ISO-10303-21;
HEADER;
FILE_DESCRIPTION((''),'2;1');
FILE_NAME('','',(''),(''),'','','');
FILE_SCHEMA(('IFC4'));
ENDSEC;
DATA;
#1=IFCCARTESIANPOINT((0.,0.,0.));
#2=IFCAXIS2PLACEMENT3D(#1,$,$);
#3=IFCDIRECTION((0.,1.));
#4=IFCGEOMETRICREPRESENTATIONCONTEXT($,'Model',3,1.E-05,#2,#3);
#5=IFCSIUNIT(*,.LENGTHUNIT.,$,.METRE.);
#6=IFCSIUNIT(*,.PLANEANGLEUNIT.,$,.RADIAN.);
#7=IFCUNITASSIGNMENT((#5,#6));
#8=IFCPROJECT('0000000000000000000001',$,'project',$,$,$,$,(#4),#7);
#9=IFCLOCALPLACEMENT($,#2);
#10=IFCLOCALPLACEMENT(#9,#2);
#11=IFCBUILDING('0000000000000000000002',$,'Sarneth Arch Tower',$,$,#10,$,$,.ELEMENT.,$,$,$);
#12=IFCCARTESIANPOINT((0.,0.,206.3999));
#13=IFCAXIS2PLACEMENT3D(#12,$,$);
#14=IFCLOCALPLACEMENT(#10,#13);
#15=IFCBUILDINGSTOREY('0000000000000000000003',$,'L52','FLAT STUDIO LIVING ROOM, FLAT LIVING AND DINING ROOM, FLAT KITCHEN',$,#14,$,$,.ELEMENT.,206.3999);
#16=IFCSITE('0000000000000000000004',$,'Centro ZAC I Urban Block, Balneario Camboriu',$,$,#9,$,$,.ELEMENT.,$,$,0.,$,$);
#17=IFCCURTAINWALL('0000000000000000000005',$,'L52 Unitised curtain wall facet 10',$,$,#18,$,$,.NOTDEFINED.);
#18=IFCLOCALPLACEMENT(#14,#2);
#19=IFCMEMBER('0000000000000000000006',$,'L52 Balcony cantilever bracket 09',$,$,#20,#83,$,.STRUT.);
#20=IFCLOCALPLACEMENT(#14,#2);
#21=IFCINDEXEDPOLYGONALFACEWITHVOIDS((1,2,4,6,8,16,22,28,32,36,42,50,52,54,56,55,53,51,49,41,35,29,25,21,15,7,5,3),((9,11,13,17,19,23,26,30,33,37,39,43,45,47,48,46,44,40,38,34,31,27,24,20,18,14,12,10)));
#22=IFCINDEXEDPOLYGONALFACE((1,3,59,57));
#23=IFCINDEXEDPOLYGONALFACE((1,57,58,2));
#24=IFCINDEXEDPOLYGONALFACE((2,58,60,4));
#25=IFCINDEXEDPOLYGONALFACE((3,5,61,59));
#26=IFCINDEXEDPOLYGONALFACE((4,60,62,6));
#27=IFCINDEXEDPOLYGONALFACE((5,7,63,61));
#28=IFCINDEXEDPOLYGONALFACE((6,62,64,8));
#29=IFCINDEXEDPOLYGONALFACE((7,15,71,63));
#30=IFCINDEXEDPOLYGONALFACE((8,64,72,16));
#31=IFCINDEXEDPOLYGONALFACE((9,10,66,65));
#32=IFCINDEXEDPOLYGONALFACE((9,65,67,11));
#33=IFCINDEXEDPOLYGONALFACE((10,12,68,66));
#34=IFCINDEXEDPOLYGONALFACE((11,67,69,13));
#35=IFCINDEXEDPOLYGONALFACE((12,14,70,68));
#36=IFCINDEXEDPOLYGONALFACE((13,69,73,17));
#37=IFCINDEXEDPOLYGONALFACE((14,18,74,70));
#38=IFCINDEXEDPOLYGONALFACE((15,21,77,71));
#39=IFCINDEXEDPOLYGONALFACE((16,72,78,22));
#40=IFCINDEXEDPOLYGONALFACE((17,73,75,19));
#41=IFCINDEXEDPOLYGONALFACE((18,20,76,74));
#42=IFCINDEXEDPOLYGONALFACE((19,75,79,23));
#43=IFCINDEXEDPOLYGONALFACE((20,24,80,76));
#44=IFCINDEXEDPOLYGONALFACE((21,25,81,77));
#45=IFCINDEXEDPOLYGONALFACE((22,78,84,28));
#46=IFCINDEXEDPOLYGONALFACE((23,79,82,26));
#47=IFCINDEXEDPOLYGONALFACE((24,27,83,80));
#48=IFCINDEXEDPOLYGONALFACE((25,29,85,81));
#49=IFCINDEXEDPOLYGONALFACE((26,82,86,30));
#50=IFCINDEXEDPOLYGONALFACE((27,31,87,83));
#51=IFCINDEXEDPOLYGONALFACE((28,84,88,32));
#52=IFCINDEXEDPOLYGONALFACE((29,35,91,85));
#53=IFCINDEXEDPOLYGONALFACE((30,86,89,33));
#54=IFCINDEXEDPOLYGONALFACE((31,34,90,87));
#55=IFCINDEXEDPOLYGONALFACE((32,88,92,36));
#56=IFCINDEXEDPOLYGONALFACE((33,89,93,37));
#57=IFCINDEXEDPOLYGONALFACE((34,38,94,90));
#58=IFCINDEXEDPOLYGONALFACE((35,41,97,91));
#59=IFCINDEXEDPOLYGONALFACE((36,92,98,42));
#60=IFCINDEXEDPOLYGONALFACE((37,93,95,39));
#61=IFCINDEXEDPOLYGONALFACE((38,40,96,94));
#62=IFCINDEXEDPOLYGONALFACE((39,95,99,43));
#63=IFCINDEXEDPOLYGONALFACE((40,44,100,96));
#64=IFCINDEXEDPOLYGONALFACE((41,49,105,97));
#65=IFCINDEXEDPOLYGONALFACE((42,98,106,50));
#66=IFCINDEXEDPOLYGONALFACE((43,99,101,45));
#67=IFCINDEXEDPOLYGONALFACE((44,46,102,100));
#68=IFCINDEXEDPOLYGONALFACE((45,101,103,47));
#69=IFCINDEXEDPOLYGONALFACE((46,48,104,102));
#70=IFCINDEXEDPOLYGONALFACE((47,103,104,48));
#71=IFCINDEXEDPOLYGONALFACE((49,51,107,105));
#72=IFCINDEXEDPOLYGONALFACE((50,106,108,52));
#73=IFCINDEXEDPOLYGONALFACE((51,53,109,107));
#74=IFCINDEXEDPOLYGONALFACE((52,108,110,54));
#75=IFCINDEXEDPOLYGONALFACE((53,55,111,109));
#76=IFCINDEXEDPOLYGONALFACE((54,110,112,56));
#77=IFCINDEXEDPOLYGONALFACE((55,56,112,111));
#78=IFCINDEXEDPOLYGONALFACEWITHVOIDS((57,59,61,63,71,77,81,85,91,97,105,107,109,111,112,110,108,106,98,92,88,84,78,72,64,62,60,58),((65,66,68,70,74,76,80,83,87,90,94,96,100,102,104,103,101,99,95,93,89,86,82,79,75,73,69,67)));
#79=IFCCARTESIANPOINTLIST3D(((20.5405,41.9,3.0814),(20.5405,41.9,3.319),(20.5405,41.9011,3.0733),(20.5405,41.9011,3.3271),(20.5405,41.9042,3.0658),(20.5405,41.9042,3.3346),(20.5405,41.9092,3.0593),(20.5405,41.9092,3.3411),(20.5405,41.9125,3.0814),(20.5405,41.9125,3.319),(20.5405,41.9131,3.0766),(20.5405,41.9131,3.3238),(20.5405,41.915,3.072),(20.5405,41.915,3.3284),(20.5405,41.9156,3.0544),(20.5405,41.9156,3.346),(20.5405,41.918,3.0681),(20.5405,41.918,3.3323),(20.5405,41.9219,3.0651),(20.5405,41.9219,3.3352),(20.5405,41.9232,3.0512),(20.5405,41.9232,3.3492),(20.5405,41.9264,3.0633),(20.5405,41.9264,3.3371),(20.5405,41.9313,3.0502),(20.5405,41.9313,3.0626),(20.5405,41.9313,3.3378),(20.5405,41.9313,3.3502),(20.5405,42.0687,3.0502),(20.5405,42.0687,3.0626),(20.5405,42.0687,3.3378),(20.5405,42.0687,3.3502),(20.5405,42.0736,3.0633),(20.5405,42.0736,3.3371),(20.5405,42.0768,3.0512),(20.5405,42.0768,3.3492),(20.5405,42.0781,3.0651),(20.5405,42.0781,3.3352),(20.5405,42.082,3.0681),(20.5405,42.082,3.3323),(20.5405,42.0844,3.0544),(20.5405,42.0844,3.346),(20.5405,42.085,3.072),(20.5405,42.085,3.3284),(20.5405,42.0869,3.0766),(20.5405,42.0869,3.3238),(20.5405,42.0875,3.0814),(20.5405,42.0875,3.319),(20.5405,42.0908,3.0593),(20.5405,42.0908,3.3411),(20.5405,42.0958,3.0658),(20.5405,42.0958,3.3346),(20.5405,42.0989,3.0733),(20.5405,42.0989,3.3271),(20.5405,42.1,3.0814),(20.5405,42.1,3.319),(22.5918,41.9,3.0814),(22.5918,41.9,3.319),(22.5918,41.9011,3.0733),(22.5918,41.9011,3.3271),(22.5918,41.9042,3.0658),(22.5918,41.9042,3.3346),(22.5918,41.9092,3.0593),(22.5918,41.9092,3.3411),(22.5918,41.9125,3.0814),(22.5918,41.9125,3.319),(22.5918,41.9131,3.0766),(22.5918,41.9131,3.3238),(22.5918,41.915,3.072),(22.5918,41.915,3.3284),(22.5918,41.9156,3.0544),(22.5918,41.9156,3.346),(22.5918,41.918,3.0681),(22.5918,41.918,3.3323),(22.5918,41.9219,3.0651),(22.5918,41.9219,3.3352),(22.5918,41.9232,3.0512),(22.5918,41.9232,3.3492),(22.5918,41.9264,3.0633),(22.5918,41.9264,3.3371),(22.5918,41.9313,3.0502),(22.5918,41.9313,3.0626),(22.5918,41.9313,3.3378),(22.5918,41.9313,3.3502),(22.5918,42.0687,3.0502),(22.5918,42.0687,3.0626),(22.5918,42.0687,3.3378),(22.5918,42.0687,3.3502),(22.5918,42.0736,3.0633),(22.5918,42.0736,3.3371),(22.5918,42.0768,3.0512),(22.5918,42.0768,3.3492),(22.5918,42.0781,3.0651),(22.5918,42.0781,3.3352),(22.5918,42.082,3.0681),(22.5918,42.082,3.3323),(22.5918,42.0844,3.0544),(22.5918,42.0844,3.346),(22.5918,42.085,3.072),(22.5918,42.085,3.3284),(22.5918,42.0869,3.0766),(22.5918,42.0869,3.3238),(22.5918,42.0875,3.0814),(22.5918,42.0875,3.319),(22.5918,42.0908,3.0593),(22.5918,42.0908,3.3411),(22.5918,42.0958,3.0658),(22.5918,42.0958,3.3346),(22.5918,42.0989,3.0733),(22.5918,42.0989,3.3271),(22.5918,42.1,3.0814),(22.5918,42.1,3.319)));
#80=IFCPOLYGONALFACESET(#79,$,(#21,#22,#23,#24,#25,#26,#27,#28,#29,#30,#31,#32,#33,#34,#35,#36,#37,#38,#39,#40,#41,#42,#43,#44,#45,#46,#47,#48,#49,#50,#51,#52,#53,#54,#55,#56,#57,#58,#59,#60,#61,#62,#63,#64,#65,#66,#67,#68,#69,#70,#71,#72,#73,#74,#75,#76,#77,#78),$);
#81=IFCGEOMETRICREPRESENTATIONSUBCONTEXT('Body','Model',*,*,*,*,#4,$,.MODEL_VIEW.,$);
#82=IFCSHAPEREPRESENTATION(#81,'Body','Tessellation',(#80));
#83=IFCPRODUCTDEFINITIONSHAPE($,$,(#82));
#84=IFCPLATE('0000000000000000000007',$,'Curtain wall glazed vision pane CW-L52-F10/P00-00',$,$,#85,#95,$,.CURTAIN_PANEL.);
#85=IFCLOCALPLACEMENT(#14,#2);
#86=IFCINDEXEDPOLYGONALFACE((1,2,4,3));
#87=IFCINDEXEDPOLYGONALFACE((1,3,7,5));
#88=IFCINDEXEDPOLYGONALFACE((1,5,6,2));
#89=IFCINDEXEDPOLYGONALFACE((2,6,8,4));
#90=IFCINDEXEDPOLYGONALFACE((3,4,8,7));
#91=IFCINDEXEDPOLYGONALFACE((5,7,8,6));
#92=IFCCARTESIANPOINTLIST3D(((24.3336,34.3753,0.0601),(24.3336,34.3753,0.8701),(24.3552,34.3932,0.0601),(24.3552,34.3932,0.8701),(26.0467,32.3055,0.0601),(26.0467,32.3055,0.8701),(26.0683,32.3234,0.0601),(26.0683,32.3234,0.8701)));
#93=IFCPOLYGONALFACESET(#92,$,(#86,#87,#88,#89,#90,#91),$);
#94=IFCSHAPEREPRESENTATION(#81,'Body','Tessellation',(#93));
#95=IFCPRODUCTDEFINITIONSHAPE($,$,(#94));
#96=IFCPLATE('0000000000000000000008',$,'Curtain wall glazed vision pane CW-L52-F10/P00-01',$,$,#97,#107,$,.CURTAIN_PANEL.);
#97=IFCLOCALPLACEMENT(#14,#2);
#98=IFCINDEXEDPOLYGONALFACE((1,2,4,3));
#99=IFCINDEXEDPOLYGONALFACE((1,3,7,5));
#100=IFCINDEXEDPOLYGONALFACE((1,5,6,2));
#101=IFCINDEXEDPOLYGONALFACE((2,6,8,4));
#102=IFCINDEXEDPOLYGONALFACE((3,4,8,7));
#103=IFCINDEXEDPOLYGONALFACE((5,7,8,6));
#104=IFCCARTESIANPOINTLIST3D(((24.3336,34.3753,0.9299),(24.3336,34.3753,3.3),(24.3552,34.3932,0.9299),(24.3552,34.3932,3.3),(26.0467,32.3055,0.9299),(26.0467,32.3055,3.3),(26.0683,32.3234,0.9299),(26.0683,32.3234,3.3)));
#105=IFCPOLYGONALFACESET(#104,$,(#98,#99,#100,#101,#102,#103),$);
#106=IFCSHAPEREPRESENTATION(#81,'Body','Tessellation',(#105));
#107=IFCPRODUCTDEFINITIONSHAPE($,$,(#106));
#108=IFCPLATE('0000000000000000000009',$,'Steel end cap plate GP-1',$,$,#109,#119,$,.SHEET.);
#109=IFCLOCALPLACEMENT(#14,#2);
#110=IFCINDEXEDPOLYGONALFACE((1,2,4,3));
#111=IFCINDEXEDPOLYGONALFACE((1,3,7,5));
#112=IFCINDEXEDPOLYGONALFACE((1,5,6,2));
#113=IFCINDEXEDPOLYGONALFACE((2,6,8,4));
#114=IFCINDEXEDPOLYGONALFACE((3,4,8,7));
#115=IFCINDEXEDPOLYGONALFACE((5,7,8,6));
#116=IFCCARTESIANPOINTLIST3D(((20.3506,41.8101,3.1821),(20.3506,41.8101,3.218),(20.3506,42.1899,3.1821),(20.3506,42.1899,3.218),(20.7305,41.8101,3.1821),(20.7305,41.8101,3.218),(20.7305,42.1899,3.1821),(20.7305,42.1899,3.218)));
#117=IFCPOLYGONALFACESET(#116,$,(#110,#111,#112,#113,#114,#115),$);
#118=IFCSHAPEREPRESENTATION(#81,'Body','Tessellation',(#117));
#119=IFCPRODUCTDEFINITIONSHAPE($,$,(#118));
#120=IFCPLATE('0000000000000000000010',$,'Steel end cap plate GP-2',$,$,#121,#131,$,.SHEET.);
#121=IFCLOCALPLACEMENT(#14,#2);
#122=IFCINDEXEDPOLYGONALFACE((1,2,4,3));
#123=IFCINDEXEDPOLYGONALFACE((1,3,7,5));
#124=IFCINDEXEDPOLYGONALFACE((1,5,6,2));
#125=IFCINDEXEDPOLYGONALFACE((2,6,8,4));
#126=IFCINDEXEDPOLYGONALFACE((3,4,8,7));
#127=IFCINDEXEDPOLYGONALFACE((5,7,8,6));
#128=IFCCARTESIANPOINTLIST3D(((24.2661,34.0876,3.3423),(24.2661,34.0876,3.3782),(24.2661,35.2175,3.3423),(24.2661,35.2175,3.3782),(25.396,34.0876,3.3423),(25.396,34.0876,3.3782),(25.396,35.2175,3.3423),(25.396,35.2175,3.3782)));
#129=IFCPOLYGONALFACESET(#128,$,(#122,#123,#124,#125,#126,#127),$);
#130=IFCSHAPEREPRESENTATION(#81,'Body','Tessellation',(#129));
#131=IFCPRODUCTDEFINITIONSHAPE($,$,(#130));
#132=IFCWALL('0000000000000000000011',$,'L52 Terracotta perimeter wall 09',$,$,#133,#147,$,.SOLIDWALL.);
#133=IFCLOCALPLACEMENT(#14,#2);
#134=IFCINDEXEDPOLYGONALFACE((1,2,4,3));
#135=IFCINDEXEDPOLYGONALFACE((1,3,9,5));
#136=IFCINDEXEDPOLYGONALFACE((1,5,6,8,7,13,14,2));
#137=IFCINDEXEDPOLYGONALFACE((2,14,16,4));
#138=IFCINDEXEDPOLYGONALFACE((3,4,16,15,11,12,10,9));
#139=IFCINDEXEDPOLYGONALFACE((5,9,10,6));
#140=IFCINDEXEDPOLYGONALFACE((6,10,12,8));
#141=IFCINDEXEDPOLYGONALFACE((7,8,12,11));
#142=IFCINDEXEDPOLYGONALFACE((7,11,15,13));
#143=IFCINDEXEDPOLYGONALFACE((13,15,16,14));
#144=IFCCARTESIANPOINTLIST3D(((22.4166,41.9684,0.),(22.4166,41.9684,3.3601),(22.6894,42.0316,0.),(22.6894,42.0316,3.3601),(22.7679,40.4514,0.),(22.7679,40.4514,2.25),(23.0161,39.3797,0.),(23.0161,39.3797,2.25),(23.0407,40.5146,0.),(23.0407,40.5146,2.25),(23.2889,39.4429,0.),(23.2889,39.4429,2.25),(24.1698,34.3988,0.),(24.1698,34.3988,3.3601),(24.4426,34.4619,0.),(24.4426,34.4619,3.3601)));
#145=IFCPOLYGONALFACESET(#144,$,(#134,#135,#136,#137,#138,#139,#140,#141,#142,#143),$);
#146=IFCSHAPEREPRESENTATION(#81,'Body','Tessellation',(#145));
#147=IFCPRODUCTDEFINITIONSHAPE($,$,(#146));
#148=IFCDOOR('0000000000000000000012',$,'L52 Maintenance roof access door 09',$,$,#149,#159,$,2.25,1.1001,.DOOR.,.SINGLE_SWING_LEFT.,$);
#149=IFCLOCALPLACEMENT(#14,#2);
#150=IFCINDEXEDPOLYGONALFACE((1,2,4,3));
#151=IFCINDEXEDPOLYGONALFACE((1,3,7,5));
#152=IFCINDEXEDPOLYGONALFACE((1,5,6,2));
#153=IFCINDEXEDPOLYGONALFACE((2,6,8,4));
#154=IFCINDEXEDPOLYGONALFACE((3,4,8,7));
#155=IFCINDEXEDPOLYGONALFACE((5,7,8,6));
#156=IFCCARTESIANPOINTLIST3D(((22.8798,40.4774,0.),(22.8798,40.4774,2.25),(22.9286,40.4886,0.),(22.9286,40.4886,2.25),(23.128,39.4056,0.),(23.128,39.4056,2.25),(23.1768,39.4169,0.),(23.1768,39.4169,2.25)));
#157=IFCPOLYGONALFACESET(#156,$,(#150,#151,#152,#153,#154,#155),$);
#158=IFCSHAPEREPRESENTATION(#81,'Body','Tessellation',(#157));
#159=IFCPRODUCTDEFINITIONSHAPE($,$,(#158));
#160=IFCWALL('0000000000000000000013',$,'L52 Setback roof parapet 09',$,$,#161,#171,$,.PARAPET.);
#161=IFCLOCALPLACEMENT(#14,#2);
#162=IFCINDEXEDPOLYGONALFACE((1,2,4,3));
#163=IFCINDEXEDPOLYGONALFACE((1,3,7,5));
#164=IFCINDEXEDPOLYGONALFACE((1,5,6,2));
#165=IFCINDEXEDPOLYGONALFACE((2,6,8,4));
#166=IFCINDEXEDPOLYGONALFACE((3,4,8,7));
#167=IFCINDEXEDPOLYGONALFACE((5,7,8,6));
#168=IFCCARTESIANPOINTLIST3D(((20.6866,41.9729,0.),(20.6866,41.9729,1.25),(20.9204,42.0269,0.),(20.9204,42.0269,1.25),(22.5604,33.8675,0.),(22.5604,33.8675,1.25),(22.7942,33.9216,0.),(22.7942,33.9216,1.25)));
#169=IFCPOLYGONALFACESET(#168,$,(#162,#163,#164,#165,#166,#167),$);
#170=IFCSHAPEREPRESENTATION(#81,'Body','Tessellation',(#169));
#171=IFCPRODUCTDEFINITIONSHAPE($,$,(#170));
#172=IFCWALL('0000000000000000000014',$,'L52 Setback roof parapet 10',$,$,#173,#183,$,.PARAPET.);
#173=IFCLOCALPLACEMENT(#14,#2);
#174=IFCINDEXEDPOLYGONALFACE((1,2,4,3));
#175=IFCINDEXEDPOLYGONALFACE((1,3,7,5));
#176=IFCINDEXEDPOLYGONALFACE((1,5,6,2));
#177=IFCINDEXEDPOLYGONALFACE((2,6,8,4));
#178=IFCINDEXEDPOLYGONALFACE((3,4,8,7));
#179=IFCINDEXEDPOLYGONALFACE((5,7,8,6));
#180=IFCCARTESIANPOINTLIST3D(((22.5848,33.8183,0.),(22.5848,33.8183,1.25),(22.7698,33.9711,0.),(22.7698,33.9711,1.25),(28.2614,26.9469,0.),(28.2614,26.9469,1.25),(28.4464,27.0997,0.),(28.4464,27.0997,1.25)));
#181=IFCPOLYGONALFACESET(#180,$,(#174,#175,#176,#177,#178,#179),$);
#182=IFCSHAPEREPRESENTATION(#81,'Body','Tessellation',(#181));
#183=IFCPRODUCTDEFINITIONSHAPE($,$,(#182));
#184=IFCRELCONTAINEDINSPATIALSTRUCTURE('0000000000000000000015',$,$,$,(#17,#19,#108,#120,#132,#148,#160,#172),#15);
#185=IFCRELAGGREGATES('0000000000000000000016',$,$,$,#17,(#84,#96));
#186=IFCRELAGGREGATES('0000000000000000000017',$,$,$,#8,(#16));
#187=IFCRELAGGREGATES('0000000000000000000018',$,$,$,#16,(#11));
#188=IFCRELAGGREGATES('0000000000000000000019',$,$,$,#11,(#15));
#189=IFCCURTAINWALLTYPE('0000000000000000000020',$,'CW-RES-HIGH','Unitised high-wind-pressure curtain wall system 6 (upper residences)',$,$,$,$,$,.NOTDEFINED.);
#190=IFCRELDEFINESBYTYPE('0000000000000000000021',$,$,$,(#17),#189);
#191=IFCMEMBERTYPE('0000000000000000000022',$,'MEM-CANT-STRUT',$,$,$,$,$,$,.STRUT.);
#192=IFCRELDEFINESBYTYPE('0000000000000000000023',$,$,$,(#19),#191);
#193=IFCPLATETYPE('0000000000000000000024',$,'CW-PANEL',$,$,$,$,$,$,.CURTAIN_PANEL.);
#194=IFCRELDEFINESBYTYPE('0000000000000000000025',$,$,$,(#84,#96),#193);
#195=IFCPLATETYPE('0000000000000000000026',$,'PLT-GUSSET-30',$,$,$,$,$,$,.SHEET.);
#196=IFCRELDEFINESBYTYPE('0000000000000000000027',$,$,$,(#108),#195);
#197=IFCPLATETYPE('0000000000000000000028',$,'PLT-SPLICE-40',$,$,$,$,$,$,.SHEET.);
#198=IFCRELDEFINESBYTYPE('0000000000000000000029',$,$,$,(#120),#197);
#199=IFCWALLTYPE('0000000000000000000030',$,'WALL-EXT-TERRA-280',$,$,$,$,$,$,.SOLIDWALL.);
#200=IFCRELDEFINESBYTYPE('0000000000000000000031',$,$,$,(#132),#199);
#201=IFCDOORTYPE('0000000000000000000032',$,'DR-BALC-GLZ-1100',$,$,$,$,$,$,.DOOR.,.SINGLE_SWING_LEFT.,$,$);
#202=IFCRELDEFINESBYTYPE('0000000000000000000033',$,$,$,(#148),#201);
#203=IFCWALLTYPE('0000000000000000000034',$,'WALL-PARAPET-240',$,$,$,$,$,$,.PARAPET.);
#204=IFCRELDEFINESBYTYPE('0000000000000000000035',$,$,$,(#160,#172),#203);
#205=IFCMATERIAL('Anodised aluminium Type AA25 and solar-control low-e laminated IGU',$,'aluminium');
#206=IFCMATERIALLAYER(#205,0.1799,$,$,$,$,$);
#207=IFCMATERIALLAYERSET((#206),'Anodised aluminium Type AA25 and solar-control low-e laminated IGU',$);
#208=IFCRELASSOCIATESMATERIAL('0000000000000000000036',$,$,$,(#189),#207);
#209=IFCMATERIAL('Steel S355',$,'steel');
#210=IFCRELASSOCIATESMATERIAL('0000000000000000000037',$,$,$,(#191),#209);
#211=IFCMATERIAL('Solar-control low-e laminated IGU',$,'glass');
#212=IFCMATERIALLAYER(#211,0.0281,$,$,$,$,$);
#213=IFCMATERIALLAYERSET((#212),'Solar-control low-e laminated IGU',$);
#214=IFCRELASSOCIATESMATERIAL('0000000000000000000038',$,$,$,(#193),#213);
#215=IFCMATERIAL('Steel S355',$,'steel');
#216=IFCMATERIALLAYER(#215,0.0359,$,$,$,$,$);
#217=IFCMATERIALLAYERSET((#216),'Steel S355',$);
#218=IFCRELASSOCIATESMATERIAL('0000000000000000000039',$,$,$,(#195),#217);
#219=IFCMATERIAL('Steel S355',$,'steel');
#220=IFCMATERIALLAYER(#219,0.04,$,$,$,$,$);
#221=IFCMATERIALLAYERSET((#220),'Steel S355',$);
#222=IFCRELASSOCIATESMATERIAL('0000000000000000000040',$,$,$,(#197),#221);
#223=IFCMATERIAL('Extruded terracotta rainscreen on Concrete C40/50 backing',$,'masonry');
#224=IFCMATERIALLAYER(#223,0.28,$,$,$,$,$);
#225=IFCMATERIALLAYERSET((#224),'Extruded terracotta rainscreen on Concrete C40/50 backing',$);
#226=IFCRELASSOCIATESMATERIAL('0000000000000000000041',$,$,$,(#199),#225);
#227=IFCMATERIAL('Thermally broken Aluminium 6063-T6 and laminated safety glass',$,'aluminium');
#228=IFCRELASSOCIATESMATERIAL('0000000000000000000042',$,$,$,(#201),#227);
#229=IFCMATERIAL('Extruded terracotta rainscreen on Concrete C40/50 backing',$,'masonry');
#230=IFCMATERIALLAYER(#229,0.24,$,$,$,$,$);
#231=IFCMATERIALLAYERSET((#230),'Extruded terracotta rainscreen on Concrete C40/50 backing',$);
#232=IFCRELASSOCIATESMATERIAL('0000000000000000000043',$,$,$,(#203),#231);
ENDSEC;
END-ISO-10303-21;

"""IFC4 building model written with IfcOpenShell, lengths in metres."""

from ifc_helpers import new_model, si_unit, direction, frame, frame_2d, origin, origin_2d, place, context, subcontext, project, spatial, rectangle, hollow_rectangle, extrude, material, layer, layer_set, material_profile, profile_set, type_object, element, fill, aggregate, save


model = new_model("IFC4")

# Units and contexts
model_context = context("Model", 3, precision=1e-05, world=origin(), true_north=direction((0.0, 1.0)))
body_context = subcontext(model_context, "Body", "Model", "MODEL_VIEW")
ifc_project = project(units=[si_unit("LENGTHUNIT", "METRE"), si_unit("PLANEANGLEUNIT", "RADIAN")], contexts=[model_context])

# Site, building, storey
site_placement = place(None, origin())
site = spatial("IfcSite", under=ifc_project, at=site_placement, Name="Centro ZAC I Urban Block, Balneario Camboriu", CompositionType="ELEMENT", RefElevation=0.0)
building_placement = place(site_placement, origin())
building = spatial("IfcBuilding", under=site, at=building_placement, Name="Sarneth Arch Tower", CompositionType="ELEMENT")
storey_placement = place(building_placement, frame((0.0, 0.0, 206.3999)))
storey = spatial("IfcBuildingStorey", under=building, at=storey_placement, Name="L52", Description="FLAT STUDIO LIVING ROOM, FLAT LIVING AND DINING ROOM, FLAT KITCHEN", CompositionType="ELEMENT", Elevation=206.3999)

# Curtain wall
ifc_material_1 = material(Name="Anodised aluminium Type AA25 and solar-control low-e laminated IGU", Category="aluminium")
ifc_layer_1 = layer(ifc_material_1, 0.1799)
ifc_layer_set_1 = layer_set([ifc_layer_1], Name="Anodised aluminium Type AA25 and solar-control low-e laminated IGU")
curtain_wall_type = type_object("IfcCurtainWallType", Name="CW-RES-HIGH", Description="Unitised high-wind-pressure curtain wall system 6 (upper residences)", PredefinedType="NOTDEFINED", material=ifc_layer_set_1)
curtain_wall_placement = place(storey_placement, origin())
curtain_wall = element("IfcCurtainWall", 1, at=curtain_wall_placement, inside=storey, type_object=curtain_wall_type, Name="L52 Unitised curtain wall facet 10", PredefinedType="NOTDEFINED")

# Member
ifc_material_2 = material(Name="Steel S355", Category="steel")
ifc_material_profile_1 = material_profile(ifc_material_2, hollow_rectangle(XDim=0.2, YDim=0.3, WallThickness=0.0125, InnerFilletRadius=0.0188, OuterFilletRadius=0.0312, at=origin_2d()), Name="RHS300x200x12.5")
ifc_profile_set_1 = profile_set([ifc_material_profile_1], Name="Steel S355")
member_type_1 = type_object("IfcMemberType", Name="MEM-CANT-STRUT", PredefinedType="STRUT", material=ifc_profile_set_1)
member_1_placement = place(storey_placement, frame((22.5918, 42.0, 3.2002), z_axis=(-1.0, 0.0, 0.0), x_axis=(0.0, -1.0, 0.0)))
element("IfcMember", 2, at=member_1_placement, inside=storey, type_object=member_type_1, Name="L52 Balcony cantilever bracket 09", PredefinedType="STRUT", context=body_context, shape_type="SweptSolid", body=[
    extrude(hollow_rectangle(XDim=0.2, YDim=0.3, WallThickness=0.0125, InnerFilletRadius=0.0188, OuterFilletRadius=0.0312, at=origin_2d()), origin(), (0.0, 0.0, 1.0), 2.0513),
])

# Plates
ifc_material_3 = material(Name="Solar-control low-e laminated IGU", Category="glass")
ifc_layer_2 = layer(ifc_material_3, 0.0281)
ifc_layer_set_2 = layer_set([ifc_layer_2], Name="Solar-control low-e laminated IGU")
plate_type_1 = type_object("IfcPlateType", Name="CW-PANEL", PredefinedType="CURTAIN_PANEL", material=ifc_layer_set_2)
plate_1_placement = place(storey_placement, frame((25.2009, 33.3494, 0.0601), z_axis=(0.0, 0.0, 1.0), x_axis=(0.63761, -0.770359, 0.0)))
plate_1 = element("IfcPlate", 3, at=plate_1_placement, type_object=plate_type_1, Name="Curtain wall glazed vision pane CW-L52-F10/P00-00", PredefinedType="CURTAIN_PANEL", context=body_context, shape_type="SweptSolid", body=[
    extrude(rectangle(XDim=2.6868, YDim=0.0281, at=origin_2d()), origin(), (0.0, 0.0, 1.0), 0.8101),
])
plate_2_placement = place(storey_placement, frame((25.2009, 33.3494, 0.9299), z_axis=(0.0, 0.0, 1.0), x_axis=(0.63761, -0.770359, 0.0)))
plate_2 = element("IfcPlate", 4, at=plate_2_placement, type_object=plate_type_1, Name="Curtain wall glazed vision pane CW-L52-F10/P00-01", PredefinedType="CURTAIN_PANEL", context=body_context, shape_type="SweptSolid", body=[
    extrude(rectangle(XDim=2.6868, YDim=0.0281, at=origin_2d()), origin(), (0.0, 0.0, 1.0), 2.3701),
])
aggregate(curtain_wall, [plate_1, plate_2])

# Plates
ifc_material_4 = material(Name="Steel S355", Category="steel")
ifc_layer_3 = layer(ifc_material_4, 0.0359)
ifc_layer_set_3 = layer_set([ifc_layer_3], Name="Steel S355")
plate_type_2 = type_object("IfcPlateType", Name="PLT-GUSSET-30", PredefinedType="SHEET", material=ifc_layer_set_3)
plate_3_placement = place(storey_placement, frame((20.5405, 42.0, 3.1821), z_axis=(0.0, 0.0, 1.0), x_axis=(-1.0, 0.0, 0.0)))
element("IfcPlate", 5, at=plate_3_placement, inside=storey, type_object=plate_type_2, Name="Steel end cap plate GP-1", PredefinedType="SHEET", context=body_context, shape_type="SweptSolid", body=[
    extrude(rectangle(XDim=0.3799, YDim=0.3799, at=origin_2d()), origin(), (0.0, 0.0, 1.0), 0.0359),
])
ifc_material_5 = material(Name="Steel S355", Category="steel")
ifc_layer_4 = layer(ifc_material_5, 0.04)
ifc_layer_set_4 = layer_set([ifc_layer_4], Name="Steel S355")
plate_type_3 = type_object("IfcPlateType", Name="PLT-SPLICE-40", PredefinedType="SHEET", material=ifc_layer_set_4)
plate_4_placement = place(storey_placement, frame((24.8311, 34.6526, 3.3423), z_axis=(0.0, 0.0, 1.0), x_axis=(1.0, 0.0, 0.0)))
element("IfcPlate", 6, at=plate_4_placement, inside=storey, type_object=plate_type_3, Name="Steel end cap plate GP-2", PredefinedType="SHEET", context=body_context, shape_type="SweptSolid", body=[
    extrude(rectangle(XDim=1.1299, YDim=1.1299, at=origin_2d()), origin(), (0.0, 0.0, 1.0), 0.0359),
])

# Wall, opening, door
ifc_material_6 = material(Name="Extruded terracotta rainscreen on Concrete C40/50 backing", Category="masonry")
ifc_layer_5 = layer(ifc_material_6, 0.28)
ifc_layer_set_5 = layer_set([ifc_layer_5], Name="Extruded terracotta rainscreen on Concrete C40/50 backing")
wall_type_1 = type_object("IfcWallType", Name="WALL-EXT-TERRA-280", PredefinedType="SOLIDWALL", material=ifc_layer_set_5)
wall_1_placement = place(storey_placement, frame((22.553, 42.0, 0.0), z_axis=(0.0, 0.0, 1.0), x_axis=(0.225635, -0.974212, 0.0)))
wall_1 = element("IfcWall", 7, at=wall_1_placement, inside=storey, type_object=wall_type_1, Name="L52 Terracotta perimeter wall 09", PredefinedType="SOLIDWALL", context=body_context, shape_type="SweptSolid", body=[
    extrude(rectangle(XDim=7.77, YDim=0.28, at=frame_2d((3.885, 0.0))), origin(), (0.0, 0.0, 1.0), 3.3601),
])
opening_1_placement = place(wall_1_placement, frame((1.5571, 0.0, 0.0)))
opening_1 = element("IfcOpeningElement", 8, at=opening_1_placement, cuts=wall_1, PredefinedType="OPENING", context=body_context, shape_type="SweptSolid", body=[
    extrude(rectangle(XDim=1.1001, YDim=2.25, at=frame_2d((0.55, 1.125))), frame((0.0, 0.1499, 0.0), z_axis=(0.0, -1.0, 0.0), x_axis=(1.0, 0.0, 0.0)), (0.0, 0.0, 1.0), 0.3),
])
ifc_material_7 = material(Name="Thermally broken Aluminium 6063-T6 and laminated safety glass", Category="aluminium")
door_type_1 = type_object("IfcDoorType", Name="DR-BALC-GLZ-1100", OperationType="SINGLE_SWING_LEFT", PredefinedType="DOOR", material=ifc_material_7)
door_1_placement = place(opening_1_placement, origin())
door_1 = element("IfcDoor", 9, at=door_1_placement, inside=storey, type_object=door_type_1, Name="L52 Maintenance roof access door 09", OperationType="SINGLE_SWING_LEFT", OverallHeight=2.25, OverallWidth=1.1001, PredefinedType="DOOR", context=body_context, shape_type="SweptSolid", body=[
    extrude(rectangle(XDim=1.1001, YDim=2.25, at=frame_2d((0.55, 1.125))), frame((0.0, 0.0249, 0.0), z_axis=(0.0, -1.0, 0.0), x_axis=(1.0, 0.0, 0.0)), (0.0, 0.0, 1.0), 0.05),
])
fill(opening_1, door_1)

# Walls
ifc_material_8 = material(Name="Extruded terracotta rainscreen on Concrete C40/50 backing", Category="masonry")
ifc_layer_6 = layer(ifc_material_8, 0.24)
ifc_layer_set_6 = layer_set([ifc_layer_6], Name="Extruded terracotta rainscreen on Concrete C40/50 backing")
wall_type_2 = type_object("IfcWallType", Name="WALL-PARAPET-240", PredefinedType="PARAPET", material=ifc_layer_set_6)
wall_2_placement = place(storey_placement, frame((20.8035, 42.0, 0.0), z_axis=(0.0, 0.0, 1.0), x_axis=(0.225241, -0.974303, 0.0)))
element("IfcWall", 10, at=wall_2_placement, inside=storey, type_object=wall_type_2, Name="L52 Setback roof parapet 09", PredefinedType="PARAPET", context=body_context, shape_type="SweptSolid", body=[
    extrude(rectangle(XDim=8.3191, YDim=0.24, at=frame_2d((4.1597, 0.0))), origin(), (0.0, 0.0, 1.0), 1.25),
])
wall_3_placement = place(storey_placement, frame((22.6772, 33.8948, 0.0), z_axis=(0.0, 0.0, 1.0), x_axis=(0.636894, -0.770951, 0.0)))
element("IfcWall", 11, at=wall_3_placement, inside=storey, type_object=wall_type_2, Name="L52 Setback roof parapet 10", PredefinedType="PARAPET", context=body_context, shape_type="SweptSolid", body=[
    extrude(rectangle(XDim=8.9128, YDim=0.24, at=frame_2d((4.4565, 0.0))), origin(), (0.0, 0.0, 1.0), 1.25),
])

save(model, "model.ifc")
